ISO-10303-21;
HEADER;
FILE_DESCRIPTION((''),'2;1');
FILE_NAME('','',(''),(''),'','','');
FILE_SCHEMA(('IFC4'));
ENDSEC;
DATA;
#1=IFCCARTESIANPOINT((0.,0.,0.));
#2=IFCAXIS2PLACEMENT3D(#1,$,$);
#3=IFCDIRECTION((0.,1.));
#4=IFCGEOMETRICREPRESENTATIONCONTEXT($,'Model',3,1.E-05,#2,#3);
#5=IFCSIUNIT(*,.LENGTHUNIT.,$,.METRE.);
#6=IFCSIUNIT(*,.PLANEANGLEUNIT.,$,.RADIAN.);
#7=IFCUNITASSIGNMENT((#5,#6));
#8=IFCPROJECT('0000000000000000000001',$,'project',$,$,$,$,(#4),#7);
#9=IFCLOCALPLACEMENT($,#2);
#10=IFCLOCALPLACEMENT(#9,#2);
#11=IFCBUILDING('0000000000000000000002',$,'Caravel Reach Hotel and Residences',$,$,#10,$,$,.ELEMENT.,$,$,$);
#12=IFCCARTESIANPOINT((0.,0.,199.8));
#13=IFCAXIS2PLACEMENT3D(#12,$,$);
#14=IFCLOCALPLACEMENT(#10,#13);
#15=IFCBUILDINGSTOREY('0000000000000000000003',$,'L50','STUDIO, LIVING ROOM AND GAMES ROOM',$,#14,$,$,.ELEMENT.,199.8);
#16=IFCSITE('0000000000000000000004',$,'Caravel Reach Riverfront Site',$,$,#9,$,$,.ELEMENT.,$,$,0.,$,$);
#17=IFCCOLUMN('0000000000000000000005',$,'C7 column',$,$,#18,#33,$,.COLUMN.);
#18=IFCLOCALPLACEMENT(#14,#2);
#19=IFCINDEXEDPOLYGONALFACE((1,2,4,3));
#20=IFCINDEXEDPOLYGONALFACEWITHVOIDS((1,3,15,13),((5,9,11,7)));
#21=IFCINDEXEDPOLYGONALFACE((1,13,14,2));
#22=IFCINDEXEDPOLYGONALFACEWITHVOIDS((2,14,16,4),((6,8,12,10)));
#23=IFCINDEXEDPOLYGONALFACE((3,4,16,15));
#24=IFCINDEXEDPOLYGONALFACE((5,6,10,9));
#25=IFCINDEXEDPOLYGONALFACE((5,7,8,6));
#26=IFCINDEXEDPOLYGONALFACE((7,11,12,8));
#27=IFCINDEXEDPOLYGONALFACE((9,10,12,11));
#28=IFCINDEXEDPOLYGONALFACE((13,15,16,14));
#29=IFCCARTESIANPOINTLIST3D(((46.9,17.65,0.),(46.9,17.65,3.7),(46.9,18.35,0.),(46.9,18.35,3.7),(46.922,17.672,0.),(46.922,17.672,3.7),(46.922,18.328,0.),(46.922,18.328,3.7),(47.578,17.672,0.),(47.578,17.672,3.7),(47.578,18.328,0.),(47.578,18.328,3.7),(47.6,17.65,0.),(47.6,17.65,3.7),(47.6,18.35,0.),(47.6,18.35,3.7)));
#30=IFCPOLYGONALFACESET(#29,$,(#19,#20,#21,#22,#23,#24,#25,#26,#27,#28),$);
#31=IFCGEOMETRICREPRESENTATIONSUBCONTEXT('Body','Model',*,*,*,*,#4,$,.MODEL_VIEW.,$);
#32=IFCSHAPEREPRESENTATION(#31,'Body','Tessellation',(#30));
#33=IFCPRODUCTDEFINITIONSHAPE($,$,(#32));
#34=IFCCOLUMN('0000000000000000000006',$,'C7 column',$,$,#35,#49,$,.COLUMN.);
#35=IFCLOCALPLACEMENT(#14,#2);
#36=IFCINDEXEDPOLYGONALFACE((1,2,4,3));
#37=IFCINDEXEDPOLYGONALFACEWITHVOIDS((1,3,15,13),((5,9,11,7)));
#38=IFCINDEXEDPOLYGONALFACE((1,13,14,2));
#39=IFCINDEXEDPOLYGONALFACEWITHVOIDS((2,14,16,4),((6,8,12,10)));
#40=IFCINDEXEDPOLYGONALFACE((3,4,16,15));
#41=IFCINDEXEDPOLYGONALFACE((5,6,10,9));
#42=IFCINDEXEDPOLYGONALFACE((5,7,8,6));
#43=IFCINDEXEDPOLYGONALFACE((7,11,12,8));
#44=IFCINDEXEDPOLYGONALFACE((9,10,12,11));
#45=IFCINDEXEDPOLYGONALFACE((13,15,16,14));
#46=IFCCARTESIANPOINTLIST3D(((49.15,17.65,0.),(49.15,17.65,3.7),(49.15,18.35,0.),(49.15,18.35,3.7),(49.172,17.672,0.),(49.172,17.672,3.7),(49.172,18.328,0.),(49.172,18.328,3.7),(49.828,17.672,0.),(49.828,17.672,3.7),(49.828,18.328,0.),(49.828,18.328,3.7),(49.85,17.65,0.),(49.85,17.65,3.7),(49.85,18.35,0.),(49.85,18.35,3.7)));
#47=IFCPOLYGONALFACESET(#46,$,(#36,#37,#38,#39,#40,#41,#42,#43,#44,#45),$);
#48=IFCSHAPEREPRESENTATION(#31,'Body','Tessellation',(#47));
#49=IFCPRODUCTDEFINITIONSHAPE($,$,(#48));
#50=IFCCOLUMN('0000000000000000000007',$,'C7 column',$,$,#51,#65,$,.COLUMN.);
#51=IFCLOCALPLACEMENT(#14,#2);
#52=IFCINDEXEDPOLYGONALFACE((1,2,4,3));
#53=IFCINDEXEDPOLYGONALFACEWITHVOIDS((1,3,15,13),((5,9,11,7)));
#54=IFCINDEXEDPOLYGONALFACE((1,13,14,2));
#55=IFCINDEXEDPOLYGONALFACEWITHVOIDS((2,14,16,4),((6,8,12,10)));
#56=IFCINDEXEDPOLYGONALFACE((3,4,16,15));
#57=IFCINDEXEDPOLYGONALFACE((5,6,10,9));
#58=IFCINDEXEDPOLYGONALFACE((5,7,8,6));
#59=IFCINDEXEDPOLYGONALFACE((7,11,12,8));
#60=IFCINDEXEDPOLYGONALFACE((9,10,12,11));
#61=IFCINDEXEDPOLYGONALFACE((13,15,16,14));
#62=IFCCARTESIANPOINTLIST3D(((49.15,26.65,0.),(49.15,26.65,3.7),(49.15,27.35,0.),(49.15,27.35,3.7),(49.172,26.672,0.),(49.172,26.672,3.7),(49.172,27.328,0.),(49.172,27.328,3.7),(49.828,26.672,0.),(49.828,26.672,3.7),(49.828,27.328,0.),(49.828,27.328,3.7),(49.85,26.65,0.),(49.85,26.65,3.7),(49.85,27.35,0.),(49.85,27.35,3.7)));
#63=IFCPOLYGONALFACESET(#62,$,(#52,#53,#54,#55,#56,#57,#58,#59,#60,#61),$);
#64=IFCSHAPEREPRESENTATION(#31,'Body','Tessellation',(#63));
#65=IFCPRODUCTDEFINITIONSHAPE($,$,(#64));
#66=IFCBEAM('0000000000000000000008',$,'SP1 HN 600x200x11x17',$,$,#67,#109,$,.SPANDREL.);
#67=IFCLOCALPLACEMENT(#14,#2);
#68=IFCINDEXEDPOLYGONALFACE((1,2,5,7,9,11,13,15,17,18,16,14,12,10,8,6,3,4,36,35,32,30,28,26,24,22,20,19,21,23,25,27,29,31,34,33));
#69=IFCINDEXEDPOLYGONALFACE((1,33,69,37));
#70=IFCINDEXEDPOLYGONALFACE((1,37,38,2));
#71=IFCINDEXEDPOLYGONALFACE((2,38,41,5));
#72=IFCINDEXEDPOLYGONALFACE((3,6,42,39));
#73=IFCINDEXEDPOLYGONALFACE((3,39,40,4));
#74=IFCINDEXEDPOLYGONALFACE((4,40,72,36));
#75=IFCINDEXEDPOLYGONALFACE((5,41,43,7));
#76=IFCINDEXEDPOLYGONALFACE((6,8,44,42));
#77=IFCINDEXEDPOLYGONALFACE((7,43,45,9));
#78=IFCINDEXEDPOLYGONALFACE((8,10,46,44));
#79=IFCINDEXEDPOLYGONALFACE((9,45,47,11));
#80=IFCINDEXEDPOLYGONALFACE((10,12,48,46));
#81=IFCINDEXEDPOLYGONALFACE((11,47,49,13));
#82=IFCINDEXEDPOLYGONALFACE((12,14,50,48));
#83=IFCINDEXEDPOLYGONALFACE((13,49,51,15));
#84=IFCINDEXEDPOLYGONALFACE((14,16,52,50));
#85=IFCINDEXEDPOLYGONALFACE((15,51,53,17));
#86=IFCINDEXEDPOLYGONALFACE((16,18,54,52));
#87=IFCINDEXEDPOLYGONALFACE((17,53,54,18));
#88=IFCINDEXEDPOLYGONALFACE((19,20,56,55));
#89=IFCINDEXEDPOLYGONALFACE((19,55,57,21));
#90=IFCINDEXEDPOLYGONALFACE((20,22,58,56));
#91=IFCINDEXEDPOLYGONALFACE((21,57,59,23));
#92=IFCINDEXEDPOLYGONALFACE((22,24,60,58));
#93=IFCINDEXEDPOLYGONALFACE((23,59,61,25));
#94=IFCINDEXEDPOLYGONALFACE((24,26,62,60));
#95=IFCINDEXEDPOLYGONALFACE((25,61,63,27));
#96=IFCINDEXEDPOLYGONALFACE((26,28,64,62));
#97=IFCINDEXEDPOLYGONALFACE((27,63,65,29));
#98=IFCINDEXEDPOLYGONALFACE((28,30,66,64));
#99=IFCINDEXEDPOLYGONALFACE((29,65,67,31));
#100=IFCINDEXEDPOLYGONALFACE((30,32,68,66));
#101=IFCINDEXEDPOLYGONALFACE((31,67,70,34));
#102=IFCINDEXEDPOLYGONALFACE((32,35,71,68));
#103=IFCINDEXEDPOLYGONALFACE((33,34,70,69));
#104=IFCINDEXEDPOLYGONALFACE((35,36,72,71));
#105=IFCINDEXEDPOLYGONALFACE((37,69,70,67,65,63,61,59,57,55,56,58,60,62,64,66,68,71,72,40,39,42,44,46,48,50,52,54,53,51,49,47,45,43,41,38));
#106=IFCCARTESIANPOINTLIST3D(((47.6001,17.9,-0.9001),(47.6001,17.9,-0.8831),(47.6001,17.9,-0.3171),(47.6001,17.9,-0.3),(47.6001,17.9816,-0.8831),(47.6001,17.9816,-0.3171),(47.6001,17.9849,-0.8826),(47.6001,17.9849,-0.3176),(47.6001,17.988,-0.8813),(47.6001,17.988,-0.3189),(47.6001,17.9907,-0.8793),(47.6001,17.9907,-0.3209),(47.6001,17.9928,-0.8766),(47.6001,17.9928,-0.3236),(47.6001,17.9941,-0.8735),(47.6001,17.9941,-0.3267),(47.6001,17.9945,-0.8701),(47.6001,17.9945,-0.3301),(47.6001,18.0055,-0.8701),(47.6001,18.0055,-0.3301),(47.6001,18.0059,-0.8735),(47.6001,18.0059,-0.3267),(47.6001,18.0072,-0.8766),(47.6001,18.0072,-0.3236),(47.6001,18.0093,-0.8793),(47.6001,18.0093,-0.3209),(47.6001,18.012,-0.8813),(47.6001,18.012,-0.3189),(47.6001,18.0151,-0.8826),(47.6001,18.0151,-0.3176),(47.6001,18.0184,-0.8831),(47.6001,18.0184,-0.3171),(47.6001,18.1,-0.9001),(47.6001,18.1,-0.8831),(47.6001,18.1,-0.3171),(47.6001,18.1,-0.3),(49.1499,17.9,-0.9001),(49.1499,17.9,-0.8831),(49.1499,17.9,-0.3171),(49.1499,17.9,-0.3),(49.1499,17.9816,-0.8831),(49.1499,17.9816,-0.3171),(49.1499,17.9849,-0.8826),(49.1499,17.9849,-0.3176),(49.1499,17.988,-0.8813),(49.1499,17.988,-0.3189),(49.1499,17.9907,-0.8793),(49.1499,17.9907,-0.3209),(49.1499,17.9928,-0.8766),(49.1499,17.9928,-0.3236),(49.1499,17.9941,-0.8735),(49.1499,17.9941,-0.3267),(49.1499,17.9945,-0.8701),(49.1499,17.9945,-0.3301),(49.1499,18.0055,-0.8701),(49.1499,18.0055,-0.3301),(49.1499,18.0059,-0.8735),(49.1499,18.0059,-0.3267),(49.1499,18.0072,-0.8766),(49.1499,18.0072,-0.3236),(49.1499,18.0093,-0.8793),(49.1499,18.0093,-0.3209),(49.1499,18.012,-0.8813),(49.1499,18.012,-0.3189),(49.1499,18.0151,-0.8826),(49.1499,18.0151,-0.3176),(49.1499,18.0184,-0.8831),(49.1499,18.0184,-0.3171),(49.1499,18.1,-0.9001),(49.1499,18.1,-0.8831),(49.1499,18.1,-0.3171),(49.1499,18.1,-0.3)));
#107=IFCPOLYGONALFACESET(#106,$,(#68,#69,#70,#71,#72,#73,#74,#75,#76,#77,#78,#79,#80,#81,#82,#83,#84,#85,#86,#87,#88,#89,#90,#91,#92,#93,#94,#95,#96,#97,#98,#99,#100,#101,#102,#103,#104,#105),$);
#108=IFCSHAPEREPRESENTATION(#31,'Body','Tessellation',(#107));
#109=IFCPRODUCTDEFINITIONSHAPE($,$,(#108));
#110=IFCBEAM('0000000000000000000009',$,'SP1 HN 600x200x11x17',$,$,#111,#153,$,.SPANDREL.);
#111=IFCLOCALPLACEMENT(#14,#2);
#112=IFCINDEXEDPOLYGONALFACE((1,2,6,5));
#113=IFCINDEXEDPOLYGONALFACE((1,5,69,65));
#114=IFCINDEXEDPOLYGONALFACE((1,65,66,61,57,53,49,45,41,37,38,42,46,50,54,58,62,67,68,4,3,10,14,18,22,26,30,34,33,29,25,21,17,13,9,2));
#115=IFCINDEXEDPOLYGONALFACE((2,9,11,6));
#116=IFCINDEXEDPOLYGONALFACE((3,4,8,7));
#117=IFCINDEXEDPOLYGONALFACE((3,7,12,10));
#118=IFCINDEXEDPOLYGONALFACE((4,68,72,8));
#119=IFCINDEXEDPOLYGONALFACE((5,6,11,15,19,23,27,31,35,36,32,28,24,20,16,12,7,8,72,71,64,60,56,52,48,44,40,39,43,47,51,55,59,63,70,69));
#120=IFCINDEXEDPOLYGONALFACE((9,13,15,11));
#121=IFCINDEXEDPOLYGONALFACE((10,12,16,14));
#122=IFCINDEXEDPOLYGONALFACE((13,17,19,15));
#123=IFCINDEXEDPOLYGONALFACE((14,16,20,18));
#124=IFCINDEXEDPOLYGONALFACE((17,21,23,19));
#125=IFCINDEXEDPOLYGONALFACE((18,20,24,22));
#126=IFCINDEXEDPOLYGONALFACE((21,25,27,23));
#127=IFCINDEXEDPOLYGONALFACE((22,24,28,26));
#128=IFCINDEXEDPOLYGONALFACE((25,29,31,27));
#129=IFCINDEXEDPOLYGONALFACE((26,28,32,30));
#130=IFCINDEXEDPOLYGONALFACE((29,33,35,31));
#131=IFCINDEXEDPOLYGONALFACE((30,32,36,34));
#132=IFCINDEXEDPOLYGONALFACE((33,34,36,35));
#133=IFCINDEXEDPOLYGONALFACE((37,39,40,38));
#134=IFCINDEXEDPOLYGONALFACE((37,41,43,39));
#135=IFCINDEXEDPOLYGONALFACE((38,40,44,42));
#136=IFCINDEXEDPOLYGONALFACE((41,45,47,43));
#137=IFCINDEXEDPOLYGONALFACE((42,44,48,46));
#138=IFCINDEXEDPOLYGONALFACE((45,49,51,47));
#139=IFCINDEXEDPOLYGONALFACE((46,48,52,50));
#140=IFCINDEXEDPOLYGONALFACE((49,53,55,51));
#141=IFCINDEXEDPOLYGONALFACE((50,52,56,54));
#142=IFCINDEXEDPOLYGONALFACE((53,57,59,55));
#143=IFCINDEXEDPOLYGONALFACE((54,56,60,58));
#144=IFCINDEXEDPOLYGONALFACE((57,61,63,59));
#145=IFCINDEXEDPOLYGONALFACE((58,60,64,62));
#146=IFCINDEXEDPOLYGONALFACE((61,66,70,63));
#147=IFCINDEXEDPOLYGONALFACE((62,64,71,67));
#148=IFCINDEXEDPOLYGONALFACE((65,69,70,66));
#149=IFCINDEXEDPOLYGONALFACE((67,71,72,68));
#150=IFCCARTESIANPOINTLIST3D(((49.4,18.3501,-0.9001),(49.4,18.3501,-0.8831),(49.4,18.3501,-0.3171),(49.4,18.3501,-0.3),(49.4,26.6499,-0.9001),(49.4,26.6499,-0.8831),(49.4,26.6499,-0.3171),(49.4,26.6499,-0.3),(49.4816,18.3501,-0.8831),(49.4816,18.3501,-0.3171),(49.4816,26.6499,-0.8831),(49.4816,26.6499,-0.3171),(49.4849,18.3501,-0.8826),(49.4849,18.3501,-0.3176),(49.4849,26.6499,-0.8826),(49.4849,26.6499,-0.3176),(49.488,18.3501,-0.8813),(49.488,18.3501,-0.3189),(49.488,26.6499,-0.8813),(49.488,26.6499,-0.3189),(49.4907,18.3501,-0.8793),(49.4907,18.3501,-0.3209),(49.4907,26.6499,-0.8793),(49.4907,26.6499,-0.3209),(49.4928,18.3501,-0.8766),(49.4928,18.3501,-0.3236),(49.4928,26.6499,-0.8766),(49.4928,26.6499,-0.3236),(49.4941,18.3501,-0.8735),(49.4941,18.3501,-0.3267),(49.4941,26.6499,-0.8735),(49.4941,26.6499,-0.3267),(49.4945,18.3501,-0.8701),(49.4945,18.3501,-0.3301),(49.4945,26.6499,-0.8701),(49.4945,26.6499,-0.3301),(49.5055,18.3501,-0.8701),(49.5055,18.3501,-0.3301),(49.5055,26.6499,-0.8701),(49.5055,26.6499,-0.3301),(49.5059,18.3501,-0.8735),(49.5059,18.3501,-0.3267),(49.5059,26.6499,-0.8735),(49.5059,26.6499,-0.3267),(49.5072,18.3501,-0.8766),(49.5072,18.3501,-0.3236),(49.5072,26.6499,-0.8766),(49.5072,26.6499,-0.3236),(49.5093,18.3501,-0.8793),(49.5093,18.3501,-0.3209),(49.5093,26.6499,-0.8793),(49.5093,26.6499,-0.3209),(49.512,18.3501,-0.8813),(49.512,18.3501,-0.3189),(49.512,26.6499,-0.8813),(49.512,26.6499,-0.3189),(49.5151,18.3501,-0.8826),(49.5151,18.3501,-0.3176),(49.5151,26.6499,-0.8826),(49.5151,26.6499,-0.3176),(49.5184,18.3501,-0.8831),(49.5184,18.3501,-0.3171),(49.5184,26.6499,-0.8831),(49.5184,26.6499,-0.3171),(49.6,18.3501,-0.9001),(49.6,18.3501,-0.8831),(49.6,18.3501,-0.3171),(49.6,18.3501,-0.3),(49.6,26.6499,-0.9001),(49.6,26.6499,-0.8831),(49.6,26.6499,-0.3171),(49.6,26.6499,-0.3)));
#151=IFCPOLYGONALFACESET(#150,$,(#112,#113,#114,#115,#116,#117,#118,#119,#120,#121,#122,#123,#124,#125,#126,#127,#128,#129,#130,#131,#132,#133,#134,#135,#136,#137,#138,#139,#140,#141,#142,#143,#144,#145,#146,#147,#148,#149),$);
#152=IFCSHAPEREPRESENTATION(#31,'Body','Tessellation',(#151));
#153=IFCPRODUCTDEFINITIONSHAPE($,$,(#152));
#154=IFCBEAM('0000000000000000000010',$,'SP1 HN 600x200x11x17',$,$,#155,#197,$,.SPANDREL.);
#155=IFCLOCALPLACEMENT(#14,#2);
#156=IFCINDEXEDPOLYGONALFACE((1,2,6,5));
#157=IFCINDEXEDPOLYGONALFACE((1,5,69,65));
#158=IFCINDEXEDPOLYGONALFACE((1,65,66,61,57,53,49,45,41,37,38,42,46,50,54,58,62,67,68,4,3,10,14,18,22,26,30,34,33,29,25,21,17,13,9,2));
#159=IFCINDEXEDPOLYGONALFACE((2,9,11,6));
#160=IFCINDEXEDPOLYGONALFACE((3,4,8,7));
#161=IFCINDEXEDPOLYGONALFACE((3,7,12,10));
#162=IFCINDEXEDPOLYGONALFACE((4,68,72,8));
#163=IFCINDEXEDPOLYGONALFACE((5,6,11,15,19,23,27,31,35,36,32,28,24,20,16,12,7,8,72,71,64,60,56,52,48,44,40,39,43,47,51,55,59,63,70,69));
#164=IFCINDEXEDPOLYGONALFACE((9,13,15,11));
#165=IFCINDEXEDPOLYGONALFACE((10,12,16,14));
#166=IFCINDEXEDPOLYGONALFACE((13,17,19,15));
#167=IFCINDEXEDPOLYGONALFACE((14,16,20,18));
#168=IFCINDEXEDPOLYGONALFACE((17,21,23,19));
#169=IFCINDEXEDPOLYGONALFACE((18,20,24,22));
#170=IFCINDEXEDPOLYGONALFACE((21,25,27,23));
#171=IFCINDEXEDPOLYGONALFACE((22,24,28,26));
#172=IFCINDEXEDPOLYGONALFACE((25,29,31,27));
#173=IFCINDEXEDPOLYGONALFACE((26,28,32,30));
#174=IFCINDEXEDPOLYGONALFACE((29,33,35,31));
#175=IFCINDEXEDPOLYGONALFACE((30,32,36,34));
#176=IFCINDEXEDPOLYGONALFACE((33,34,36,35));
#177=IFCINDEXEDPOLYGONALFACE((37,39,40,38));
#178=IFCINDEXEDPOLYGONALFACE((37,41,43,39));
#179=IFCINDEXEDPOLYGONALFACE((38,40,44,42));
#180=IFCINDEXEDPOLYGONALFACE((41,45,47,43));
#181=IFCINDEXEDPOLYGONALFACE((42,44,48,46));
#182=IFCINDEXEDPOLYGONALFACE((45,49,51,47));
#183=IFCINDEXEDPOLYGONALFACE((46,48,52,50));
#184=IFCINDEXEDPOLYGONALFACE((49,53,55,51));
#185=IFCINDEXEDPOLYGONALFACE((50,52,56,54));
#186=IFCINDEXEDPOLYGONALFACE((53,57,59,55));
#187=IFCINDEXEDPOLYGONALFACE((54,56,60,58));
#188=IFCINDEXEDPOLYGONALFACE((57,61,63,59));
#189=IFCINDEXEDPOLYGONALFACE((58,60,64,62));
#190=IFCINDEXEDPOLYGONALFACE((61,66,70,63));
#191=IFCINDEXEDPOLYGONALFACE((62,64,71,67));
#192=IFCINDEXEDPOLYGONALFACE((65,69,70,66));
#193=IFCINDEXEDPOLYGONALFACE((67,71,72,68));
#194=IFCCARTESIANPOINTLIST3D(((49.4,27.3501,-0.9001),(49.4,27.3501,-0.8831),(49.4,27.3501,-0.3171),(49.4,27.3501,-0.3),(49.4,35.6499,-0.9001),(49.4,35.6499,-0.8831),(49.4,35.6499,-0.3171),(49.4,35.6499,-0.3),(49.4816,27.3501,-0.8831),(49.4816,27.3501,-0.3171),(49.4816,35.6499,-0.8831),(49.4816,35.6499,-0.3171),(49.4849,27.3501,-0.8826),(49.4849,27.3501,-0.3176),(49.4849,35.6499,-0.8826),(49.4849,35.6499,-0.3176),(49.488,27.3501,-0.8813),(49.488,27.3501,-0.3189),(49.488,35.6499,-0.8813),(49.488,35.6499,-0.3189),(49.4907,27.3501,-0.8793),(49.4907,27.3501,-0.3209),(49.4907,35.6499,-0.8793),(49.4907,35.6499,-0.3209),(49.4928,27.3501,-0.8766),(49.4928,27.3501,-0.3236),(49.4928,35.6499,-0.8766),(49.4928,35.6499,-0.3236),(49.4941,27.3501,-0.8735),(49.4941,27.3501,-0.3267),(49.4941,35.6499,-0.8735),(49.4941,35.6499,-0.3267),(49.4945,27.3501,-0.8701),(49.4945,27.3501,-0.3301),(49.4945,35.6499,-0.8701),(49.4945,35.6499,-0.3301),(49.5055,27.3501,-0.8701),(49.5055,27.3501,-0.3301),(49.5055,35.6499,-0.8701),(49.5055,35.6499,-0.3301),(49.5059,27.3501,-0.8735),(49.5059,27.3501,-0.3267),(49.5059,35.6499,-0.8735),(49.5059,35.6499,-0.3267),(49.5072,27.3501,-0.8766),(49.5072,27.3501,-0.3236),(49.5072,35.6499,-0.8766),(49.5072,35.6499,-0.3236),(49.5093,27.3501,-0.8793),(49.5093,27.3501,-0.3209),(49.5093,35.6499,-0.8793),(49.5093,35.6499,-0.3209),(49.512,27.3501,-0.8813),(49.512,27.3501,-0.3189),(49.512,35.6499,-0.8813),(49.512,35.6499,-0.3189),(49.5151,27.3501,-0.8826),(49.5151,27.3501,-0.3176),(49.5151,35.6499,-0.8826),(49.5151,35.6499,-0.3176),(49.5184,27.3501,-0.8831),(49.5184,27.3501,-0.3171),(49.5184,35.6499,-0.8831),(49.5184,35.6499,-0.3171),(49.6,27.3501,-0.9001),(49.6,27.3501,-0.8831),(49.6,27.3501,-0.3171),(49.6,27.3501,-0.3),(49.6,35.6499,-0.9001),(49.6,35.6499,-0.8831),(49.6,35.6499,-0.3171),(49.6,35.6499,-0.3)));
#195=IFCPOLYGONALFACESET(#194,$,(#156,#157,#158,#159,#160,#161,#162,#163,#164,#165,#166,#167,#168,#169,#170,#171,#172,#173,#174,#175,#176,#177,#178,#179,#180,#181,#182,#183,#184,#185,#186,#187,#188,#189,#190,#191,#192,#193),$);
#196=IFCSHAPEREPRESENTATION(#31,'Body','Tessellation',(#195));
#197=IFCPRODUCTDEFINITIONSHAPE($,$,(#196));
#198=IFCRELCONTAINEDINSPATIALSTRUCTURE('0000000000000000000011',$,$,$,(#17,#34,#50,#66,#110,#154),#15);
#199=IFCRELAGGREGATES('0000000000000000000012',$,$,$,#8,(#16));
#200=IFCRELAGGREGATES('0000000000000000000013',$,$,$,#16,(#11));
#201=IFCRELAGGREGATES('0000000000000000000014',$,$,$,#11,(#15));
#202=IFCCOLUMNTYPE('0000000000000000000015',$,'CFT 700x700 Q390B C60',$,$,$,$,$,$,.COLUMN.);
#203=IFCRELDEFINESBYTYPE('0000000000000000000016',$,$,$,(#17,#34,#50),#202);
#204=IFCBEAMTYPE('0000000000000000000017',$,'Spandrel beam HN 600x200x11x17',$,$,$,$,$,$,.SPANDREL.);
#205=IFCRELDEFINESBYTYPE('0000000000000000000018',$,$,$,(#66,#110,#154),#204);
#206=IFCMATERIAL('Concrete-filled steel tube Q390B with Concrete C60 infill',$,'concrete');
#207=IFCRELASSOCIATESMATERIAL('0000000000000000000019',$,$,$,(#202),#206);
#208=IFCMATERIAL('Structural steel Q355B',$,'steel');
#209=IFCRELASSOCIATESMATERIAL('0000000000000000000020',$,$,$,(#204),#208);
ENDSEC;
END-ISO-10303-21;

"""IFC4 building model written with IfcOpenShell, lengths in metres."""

from ifc_helpers import new_model, si_unit, direction, frame, origin, origin_2d, place, context, subcontext, project, spatial, hollow_rectangle, i_section, extrude, material, material_profile, profile_set, type_object, element, save


model = new_model("IFC4")

# Units and contexts
model_context = context("Model", 3, precision=1e-05, world=origin(), true_north=direction((0.0, 1.0)))
body_context = subcontext(model_context, "Body", "Model", "MODEL_VIEW")
ifc_project = project(units=[si_unit("LENGTHUNIT", "METRE"), si_unit("PLANEANGLEUNIT", "RADIAN")], contexts=[model_context])

# Site, building, storey
site_placement = place(None, origin())
site = spatial("IfcSite", under=ifc_project, at=site_placement, Name="Caravel Reach Riverfront Site", CompositionType="ELEMENT", RefElevation=0.0)
building_placement = place(site_placement, origin())
building = spatial("IfcBuilding", under=site, at=building_placement, Name="Caravel Reach Hotel and Residences", CompositionType="ELEMENT")
storey_placement = place(building_placement, frame((0.0, 0.0, 199.8)))
storey = spatial("IfcBuildingStorey", under=building, at=storey_placement, Name="L50", Description="STUDIO, LIVING ROOM AND GAMES ROOM", CompositionType="ELEMENT", Elevation=199.8)

# Columns
ifc_material_1 = material(Name="Concrete-filled steel tube Q390B with Concrete C60 infill", Category="concrete")
ifc_material_profile_1 = material_profile(ifc_material_1, hollow_rectangle(XDim=0.7, YDim=0.7, WallThickness=0.022, at=origin_2d()), Name="RHS 700x700x22")
ifc_profile_set_1 = profile_set([ifc_material_profile_1], Name="Concrete-filled steel tube Q390B with Concrete C60 infill")
column_type = type_object("IfcColumnType", Name="CFT 700x700 Q390B C60", PredefinedType="COLUMN", material=ifc_profile_set_1)
for number, where, z_axis, x_axis, name in (
    (1, (47.25, 18.0, 0.0), (0.0, 0.0, 1.0), (1.0, 0.0, 0.0), "C7 column"),
    (2, (49.5, 18.0, 0.0), (0.0, 0.0, 1.0), (1.0, 0.0, 0.0), "C7 column"),
    (3, (49.5, 27.0, 0.0), (0.0, 0.0, 1.0), (1.0, 0.0, 0.0), "C7 column"),
):
    element("IfcColumn", number, at=place(storey_placement, frame(where, z_axis=z_axis, x_axis=x_axis)), inside=storey, type_object=column_type, Name=name, PredefinedType="COLUMN", context=body_context, shape_type="SweptSolid", body=[
        extrude(hollow_rectangle(XDim=0.7, YDim=0.7, WallThickness=0.022, at=origin_2d()), origin(), (0.0, 0.0, 1.0), 3.7),
    ])

# Beams
ifc_material_2 = material(Name="Structural steel Q355B", Category="steel")
ifc_material_profile_2 = material_profile(ifc_material_2, i_section(OverallWidth=0.2, OverallDepth=0.6001, WebThickness=0.011, FlangeThickness=0.0171, FilletRadius=0.0129, at=origin_2d()), Name="HN 600x200x11x17")
ifc_profile_set_2 = profile_set([ifc_material_profile_2], Name="Structural steel Q355B")
beam_type = type_object("IfcBeamType", Name="Spandrel beam HN 600x200x11x17", PredefinedType="SPANDREL", material=ifc_profile_set_2)
beam_placement = place(storey_placement, frame((47.6001, 18.0, -0.6001), z_axis=(1.0, 0.0, 0.0), x_axis=(0.0, 1.0, 0.0)))
element("IfcBeam", 4, at=beam_placement, inside=storey, type_object=beam_type, Name="SP1 HN 600x200x11x17", PredefinedType="SPANDREL", context=body_context, shape_type="SweptSolid", body=[
    extrude(i_section(OverallWidth=0.2, OverallDepth=0.6001, WebThickness=0.011, FlangeThickness=0.0171, FilletRadius=0.0129, at=origin_2d()), origin(), (0.0, 0.0, 1.0), 1.5498),
])
for number, where, z_axis, x_axis, name in (
    (5, (49.5, 18.3501, -0.6001), (0.0, 1.0, 0.0), (-1.0, 0.0, 0.0), "SP1 HN 600x200x11x17"),
    (6, (49.5, 27.3501, -0.6001), (0.0, 1.0, 0.0), (-1.0, 0.0, 0.0), "SP1 HN 600x200x11x17"),
):
    element("IfcBeam", number, at=place(storey_placement, frame(where, z_axis=z_axis, x_axis=x_axis)), inside=storey, type_object=beam_type, Name=name, PredefinedType="SPANDREL", context=body_context, shape_type="SweptSolid", body=[
        extrude(i_section(OverallWidth=0.2, OverallDepth=0.6001, WebThickness=0.011, FlangeThickness=0.0171, FilletRadius=0.0129, at=origin_2d()), origin(), (0.0, 0.0, 1.0), 8.2998),
    ])

save(model, "model.ifc")
